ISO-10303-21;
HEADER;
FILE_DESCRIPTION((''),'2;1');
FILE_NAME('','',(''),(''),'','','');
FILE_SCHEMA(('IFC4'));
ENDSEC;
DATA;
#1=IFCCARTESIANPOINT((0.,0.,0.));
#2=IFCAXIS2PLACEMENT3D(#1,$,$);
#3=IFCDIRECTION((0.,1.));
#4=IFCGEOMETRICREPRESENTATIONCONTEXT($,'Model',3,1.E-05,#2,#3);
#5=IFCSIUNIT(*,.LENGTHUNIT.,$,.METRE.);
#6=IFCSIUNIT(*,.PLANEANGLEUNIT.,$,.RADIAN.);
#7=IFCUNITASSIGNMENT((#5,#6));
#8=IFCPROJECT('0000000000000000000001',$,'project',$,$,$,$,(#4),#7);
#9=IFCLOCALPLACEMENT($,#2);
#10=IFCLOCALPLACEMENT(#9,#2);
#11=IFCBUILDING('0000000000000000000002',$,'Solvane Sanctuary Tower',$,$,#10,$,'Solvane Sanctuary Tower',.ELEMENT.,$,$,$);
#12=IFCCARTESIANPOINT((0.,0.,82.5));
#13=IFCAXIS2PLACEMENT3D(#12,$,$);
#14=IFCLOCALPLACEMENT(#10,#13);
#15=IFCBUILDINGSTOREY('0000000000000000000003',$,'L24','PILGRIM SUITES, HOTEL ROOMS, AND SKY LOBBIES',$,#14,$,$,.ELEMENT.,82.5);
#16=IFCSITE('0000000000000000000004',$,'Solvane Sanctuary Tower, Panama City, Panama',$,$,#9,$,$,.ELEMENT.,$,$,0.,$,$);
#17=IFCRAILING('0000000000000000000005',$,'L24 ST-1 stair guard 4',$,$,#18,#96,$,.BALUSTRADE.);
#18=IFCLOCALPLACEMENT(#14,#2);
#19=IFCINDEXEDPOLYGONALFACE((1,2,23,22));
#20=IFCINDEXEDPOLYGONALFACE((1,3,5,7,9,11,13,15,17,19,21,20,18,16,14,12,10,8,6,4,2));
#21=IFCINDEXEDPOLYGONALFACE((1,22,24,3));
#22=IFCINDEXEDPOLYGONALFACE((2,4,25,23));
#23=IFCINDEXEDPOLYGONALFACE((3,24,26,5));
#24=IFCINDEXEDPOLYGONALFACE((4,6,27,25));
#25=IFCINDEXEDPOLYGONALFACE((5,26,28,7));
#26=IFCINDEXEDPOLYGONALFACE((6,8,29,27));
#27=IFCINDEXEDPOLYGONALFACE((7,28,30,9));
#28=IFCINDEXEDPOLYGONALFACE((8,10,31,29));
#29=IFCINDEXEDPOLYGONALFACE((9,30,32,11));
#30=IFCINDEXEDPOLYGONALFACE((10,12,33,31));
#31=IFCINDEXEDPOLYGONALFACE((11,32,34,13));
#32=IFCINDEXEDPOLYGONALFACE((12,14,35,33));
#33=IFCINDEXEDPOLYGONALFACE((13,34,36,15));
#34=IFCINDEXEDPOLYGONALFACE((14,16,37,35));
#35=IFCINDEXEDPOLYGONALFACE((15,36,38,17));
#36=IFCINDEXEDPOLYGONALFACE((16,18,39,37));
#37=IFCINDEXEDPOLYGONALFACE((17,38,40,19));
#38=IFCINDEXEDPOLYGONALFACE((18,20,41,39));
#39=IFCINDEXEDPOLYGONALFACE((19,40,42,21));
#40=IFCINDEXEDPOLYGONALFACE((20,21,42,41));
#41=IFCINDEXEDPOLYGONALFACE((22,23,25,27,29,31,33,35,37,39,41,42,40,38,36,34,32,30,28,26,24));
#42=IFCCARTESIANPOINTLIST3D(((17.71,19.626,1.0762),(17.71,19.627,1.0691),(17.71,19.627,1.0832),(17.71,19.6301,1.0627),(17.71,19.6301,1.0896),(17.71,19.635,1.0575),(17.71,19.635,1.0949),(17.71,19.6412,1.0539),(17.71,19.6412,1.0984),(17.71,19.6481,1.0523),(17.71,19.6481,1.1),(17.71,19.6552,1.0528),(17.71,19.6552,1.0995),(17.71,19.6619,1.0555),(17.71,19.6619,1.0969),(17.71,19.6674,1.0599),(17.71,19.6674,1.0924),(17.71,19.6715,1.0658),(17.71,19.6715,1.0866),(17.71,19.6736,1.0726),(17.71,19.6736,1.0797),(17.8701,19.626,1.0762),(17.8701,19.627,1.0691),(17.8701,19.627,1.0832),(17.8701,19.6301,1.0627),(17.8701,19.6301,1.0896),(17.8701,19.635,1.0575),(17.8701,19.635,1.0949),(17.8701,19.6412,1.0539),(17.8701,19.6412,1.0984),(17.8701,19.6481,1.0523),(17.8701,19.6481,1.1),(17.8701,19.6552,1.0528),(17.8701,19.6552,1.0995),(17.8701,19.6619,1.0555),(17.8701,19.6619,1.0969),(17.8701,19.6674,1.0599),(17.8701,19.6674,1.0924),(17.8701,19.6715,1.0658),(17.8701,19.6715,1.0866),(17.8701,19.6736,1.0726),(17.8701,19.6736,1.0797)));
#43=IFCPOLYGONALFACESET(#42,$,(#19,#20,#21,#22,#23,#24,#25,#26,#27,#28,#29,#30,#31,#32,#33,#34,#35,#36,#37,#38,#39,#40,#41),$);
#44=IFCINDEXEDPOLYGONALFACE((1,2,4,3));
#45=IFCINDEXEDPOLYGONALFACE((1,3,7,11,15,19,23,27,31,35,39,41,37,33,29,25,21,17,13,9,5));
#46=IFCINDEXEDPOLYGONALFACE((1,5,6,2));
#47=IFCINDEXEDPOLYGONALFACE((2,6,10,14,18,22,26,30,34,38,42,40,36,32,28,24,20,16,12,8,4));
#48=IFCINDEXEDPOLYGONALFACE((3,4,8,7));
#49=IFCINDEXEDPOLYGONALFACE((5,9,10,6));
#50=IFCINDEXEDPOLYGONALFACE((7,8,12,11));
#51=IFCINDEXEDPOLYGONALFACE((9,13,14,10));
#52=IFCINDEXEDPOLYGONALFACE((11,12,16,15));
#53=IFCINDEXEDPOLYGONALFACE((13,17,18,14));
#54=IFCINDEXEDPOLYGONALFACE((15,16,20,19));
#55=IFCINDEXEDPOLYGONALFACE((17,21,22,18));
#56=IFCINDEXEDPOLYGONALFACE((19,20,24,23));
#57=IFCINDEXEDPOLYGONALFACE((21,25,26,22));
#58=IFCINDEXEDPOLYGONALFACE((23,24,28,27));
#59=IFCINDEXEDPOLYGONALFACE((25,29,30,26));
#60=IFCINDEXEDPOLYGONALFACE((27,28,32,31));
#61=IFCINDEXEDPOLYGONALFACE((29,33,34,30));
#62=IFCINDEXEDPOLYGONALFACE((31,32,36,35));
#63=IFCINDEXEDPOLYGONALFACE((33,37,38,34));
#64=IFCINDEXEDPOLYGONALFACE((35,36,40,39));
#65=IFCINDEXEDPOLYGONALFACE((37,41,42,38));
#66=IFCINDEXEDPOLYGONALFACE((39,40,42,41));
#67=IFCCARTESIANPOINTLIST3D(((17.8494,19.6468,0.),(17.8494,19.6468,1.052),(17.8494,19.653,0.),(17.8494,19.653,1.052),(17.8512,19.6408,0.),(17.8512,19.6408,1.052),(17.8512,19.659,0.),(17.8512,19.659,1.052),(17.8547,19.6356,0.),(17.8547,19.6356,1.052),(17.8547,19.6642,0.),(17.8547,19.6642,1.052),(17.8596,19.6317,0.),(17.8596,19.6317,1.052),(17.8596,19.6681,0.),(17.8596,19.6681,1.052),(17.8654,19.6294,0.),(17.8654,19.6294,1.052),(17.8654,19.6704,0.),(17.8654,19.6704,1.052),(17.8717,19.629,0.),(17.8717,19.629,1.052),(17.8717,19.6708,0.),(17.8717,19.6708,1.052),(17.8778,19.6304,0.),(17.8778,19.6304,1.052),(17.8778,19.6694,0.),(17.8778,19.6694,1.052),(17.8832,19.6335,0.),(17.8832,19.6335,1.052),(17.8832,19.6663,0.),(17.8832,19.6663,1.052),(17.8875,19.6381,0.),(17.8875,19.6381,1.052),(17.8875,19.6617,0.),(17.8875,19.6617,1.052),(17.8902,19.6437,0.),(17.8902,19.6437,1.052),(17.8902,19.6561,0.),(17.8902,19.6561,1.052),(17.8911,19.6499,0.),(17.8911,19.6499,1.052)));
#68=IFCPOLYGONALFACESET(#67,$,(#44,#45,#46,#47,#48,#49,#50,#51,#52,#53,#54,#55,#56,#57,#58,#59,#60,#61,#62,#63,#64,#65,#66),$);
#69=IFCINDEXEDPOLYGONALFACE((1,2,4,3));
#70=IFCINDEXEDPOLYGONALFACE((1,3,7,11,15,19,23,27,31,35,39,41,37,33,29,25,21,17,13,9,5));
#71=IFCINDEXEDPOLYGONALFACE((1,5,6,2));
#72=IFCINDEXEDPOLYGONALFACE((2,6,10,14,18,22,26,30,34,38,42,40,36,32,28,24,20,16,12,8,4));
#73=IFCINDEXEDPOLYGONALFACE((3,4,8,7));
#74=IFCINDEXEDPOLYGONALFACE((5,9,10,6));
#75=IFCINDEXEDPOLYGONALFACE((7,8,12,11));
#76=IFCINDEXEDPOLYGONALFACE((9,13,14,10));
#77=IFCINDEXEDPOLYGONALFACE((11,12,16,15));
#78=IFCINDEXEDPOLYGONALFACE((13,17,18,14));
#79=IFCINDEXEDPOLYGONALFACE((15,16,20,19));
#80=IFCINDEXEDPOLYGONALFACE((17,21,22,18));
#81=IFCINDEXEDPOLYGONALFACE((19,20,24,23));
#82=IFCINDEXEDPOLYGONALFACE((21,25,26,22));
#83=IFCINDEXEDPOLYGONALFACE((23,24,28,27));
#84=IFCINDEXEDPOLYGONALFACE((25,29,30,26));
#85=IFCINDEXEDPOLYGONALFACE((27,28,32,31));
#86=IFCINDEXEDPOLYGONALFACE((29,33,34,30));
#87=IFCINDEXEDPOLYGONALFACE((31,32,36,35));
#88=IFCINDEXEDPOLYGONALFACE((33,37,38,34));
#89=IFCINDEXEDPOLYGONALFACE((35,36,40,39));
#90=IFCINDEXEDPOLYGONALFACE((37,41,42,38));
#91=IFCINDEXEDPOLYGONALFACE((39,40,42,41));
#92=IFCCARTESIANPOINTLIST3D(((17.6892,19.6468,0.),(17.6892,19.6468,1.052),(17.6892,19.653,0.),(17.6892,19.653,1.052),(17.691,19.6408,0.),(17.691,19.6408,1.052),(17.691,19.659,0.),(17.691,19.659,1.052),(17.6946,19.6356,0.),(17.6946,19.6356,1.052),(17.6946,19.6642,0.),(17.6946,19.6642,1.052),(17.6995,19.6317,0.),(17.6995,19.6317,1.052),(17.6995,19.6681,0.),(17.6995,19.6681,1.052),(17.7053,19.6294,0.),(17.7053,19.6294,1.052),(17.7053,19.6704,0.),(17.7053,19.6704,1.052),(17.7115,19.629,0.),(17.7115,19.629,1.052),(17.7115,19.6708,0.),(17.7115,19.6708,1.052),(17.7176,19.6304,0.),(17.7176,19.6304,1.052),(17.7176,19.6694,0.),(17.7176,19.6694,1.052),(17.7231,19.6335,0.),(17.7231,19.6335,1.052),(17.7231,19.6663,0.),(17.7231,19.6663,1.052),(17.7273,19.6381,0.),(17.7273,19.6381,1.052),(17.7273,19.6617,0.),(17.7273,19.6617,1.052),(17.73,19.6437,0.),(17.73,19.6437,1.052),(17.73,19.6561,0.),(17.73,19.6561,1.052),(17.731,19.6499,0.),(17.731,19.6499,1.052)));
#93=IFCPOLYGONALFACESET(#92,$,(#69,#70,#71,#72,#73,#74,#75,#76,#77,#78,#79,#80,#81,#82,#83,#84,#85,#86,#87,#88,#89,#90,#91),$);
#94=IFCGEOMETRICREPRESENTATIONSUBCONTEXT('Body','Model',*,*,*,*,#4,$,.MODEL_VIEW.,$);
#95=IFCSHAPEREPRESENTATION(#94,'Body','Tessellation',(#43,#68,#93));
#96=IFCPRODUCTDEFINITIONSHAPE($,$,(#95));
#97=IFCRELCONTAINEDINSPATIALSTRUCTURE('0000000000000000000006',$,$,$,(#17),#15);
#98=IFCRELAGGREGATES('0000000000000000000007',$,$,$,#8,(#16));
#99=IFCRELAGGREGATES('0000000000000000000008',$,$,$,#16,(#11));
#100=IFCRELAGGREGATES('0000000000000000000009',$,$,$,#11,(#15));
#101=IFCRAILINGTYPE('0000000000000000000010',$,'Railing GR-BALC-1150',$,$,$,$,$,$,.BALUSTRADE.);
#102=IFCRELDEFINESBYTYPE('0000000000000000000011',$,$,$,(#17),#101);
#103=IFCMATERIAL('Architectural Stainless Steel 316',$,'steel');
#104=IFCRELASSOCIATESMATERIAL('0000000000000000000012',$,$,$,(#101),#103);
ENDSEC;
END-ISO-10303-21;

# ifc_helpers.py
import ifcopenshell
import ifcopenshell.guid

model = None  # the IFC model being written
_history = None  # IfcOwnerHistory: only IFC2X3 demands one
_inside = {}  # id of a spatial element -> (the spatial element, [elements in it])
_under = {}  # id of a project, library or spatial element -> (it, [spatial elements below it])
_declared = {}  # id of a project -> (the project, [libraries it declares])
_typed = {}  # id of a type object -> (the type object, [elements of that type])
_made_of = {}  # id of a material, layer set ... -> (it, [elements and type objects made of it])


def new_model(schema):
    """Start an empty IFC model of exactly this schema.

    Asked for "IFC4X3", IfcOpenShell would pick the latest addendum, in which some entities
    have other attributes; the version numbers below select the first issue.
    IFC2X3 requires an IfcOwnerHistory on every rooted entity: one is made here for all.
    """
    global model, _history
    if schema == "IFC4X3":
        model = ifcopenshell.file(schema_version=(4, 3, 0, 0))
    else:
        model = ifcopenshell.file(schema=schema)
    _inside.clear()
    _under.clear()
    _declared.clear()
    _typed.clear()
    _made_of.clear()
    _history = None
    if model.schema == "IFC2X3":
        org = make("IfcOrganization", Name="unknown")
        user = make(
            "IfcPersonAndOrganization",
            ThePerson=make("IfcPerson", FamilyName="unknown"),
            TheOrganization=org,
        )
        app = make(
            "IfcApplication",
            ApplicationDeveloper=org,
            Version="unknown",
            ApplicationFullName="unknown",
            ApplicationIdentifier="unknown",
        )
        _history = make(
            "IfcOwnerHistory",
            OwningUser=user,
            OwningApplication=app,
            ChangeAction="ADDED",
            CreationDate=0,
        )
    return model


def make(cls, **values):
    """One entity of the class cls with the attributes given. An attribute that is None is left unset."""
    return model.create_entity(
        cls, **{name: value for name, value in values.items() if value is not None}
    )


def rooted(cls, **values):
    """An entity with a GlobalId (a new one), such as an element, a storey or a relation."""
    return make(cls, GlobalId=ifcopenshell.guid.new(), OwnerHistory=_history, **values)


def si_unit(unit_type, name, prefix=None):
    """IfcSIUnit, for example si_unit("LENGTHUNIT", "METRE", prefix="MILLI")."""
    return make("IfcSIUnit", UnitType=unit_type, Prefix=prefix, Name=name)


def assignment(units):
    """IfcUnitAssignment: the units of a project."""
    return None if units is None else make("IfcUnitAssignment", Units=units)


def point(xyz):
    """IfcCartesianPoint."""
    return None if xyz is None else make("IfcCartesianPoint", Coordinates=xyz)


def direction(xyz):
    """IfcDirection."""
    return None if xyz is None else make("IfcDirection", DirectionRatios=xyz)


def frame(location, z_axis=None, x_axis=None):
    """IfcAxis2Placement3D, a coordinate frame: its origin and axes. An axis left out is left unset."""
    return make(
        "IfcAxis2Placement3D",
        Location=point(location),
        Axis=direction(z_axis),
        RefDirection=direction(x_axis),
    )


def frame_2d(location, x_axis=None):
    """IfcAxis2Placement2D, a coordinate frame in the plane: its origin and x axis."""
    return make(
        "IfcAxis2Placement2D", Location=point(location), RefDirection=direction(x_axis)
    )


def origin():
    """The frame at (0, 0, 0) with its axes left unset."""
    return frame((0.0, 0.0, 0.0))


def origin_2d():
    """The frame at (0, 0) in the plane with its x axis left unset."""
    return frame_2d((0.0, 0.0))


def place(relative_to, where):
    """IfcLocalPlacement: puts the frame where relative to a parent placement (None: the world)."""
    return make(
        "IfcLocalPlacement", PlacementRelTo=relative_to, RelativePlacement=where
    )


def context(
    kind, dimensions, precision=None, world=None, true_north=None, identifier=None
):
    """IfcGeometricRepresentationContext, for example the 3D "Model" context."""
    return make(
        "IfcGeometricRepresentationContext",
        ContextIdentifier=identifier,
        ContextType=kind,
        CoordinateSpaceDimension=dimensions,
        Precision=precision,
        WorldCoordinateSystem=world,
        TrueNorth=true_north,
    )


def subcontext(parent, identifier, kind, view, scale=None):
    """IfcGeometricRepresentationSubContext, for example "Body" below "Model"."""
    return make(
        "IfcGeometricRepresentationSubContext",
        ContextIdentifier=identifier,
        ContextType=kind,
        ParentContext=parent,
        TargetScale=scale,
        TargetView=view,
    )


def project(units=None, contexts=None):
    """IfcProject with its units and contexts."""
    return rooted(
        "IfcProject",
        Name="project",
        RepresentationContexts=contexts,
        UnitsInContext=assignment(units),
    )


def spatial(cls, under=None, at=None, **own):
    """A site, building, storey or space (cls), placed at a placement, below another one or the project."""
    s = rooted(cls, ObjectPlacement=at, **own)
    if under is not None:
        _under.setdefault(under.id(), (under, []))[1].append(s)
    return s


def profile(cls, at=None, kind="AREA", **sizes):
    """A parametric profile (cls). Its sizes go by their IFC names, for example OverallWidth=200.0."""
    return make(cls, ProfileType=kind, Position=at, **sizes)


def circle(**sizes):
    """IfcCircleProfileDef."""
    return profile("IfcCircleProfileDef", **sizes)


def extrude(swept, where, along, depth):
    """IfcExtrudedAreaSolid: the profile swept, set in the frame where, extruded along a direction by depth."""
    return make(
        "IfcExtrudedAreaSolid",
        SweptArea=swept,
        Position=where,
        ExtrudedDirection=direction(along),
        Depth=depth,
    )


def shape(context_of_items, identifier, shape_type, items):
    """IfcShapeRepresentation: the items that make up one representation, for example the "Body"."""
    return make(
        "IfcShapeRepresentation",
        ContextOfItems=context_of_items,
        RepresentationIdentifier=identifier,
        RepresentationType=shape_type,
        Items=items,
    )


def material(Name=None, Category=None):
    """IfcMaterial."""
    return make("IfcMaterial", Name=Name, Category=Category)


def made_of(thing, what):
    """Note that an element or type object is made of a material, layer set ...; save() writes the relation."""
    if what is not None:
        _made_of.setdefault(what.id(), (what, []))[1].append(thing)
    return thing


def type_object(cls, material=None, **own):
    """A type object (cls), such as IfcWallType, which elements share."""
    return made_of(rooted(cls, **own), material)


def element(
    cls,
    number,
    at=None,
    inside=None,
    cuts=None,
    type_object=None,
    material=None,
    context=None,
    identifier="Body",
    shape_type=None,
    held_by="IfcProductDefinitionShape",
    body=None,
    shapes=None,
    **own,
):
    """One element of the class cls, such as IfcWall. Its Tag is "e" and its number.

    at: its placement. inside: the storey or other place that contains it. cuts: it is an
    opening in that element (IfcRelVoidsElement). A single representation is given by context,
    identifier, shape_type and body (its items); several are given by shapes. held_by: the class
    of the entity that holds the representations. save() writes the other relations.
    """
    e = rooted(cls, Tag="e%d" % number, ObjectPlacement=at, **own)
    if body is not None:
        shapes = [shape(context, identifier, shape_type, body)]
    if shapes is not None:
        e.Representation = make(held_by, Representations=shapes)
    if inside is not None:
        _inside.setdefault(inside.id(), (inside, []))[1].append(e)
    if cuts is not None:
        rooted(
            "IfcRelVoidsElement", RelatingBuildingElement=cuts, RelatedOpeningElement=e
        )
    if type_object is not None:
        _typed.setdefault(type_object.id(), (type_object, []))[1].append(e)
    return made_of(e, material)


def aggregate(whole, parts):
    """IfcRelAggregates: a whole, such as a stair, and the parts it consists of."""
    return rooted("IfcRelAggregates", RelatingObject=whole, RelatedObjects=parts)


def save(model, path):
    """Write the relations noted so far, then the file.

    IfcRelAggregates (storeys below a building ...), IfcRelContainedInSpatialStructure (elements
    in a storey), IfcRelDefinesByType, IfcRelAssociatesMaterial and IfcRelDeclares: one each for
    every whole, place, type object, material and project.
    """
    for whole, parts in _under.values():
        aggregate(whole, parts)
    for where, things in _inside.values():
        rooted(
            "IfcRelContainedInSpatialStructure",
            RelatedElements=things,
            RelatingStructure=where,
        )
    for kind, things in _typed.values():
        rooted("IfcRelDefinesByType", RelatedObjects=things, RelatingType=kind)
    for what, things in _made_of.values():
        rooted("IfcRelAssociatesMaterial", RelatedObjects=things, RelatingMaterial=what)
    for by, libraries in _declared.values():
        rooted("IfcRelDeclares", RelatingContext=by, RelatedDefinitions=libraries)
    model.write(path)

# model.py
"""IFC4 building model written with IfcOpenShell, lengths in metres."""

from ifc_helpers import new_model, si_unit, direction, frame, origin, origin_2d, place, context, subcontext, project, spatial, circle, extrude, material, type_object, element, save


model = new_model("IFC4")

# Units and contexts
model_context = context("Model", 3, precision=1e-05, world=origin(), true_north=direction((0.0, 1.0)))
body_context = subcontext(model_context, "Body", "Model", "MODEL_VIEW")
ifc_project = project(units=[si_unit("LENGTHUNIT", "METRE"), si_unit("PLANEANGLEUNIT", "RADIAN")], contexts=[model_context])

# Site, building, storey
site_placement = place(None, origin())
site = spatial("IfcSite", under=ifc_project, at=site_placement, Name="Solvane Sanctuary Tower, Panama City, Panama", CompositionType="ELEMENT", RefElevation=0.0)
building_placement = place(site_placement, origin())
building = spatial("IfcBuilding", under=site, at=building_placement, Name="Solvane Sanctuary Tower", LongName="Solvane Sanctuary Tower", CompositionType="ELEMENT")
storey_placement = place(building_placement, frame((0.0, 0.0, 82.5)))
storey = spatial("IfcBuildingStorey", under=building, at=storey_placement, Name="L24", Description="PILGRIM SUITES, HOTEL ROOMS, AND SKY LOBBIES", CompositionType="ELEMENT", Elevation=82.5)

# Shared definitions
ifc_material_1 = material(Name="Architectural Stainless Steel 316", Category="steel")

# Railing
railing_type_1 = type_object("IfcRailingType", Name="Railing GR-BALC-1150", PredefinedType="BALUSTRADE", material=ifc_material_1)
railing_1_placement = place(storey_placement, frame((17.8701, 19.6499, 0.0)))
element("IfcRailing", 1, at=railing_1_placement, inside=storey, type_object=railing_type_1, Name="L24 ST-1 stair guard 4", PredefinedType="BALUSTRADE", context=body_context, shape_type="SweptSolid", body=[
    extrude(circle(Radius=0.0239, at=origin_2d()), frame((0.0, 0.0, 1.0762), z_axis=(-1.0, 0.0, 0.0), x_axis=(0.0, -1.0, 0.0)), (0.0, 0.0, 1.0), 0.1602),
    extrude(circle(Radius=0.021, at=origin_2d()), origin(), (0.0, 0.0, 1.0), 1.052),
    extrude(circle(Radius=0.021, at=origin_2d()), frame((-0.1602, 0.0, 0.0)), (0.0, 0.0, 1.0), 1.052),
])

save(model, "model.ifc")
